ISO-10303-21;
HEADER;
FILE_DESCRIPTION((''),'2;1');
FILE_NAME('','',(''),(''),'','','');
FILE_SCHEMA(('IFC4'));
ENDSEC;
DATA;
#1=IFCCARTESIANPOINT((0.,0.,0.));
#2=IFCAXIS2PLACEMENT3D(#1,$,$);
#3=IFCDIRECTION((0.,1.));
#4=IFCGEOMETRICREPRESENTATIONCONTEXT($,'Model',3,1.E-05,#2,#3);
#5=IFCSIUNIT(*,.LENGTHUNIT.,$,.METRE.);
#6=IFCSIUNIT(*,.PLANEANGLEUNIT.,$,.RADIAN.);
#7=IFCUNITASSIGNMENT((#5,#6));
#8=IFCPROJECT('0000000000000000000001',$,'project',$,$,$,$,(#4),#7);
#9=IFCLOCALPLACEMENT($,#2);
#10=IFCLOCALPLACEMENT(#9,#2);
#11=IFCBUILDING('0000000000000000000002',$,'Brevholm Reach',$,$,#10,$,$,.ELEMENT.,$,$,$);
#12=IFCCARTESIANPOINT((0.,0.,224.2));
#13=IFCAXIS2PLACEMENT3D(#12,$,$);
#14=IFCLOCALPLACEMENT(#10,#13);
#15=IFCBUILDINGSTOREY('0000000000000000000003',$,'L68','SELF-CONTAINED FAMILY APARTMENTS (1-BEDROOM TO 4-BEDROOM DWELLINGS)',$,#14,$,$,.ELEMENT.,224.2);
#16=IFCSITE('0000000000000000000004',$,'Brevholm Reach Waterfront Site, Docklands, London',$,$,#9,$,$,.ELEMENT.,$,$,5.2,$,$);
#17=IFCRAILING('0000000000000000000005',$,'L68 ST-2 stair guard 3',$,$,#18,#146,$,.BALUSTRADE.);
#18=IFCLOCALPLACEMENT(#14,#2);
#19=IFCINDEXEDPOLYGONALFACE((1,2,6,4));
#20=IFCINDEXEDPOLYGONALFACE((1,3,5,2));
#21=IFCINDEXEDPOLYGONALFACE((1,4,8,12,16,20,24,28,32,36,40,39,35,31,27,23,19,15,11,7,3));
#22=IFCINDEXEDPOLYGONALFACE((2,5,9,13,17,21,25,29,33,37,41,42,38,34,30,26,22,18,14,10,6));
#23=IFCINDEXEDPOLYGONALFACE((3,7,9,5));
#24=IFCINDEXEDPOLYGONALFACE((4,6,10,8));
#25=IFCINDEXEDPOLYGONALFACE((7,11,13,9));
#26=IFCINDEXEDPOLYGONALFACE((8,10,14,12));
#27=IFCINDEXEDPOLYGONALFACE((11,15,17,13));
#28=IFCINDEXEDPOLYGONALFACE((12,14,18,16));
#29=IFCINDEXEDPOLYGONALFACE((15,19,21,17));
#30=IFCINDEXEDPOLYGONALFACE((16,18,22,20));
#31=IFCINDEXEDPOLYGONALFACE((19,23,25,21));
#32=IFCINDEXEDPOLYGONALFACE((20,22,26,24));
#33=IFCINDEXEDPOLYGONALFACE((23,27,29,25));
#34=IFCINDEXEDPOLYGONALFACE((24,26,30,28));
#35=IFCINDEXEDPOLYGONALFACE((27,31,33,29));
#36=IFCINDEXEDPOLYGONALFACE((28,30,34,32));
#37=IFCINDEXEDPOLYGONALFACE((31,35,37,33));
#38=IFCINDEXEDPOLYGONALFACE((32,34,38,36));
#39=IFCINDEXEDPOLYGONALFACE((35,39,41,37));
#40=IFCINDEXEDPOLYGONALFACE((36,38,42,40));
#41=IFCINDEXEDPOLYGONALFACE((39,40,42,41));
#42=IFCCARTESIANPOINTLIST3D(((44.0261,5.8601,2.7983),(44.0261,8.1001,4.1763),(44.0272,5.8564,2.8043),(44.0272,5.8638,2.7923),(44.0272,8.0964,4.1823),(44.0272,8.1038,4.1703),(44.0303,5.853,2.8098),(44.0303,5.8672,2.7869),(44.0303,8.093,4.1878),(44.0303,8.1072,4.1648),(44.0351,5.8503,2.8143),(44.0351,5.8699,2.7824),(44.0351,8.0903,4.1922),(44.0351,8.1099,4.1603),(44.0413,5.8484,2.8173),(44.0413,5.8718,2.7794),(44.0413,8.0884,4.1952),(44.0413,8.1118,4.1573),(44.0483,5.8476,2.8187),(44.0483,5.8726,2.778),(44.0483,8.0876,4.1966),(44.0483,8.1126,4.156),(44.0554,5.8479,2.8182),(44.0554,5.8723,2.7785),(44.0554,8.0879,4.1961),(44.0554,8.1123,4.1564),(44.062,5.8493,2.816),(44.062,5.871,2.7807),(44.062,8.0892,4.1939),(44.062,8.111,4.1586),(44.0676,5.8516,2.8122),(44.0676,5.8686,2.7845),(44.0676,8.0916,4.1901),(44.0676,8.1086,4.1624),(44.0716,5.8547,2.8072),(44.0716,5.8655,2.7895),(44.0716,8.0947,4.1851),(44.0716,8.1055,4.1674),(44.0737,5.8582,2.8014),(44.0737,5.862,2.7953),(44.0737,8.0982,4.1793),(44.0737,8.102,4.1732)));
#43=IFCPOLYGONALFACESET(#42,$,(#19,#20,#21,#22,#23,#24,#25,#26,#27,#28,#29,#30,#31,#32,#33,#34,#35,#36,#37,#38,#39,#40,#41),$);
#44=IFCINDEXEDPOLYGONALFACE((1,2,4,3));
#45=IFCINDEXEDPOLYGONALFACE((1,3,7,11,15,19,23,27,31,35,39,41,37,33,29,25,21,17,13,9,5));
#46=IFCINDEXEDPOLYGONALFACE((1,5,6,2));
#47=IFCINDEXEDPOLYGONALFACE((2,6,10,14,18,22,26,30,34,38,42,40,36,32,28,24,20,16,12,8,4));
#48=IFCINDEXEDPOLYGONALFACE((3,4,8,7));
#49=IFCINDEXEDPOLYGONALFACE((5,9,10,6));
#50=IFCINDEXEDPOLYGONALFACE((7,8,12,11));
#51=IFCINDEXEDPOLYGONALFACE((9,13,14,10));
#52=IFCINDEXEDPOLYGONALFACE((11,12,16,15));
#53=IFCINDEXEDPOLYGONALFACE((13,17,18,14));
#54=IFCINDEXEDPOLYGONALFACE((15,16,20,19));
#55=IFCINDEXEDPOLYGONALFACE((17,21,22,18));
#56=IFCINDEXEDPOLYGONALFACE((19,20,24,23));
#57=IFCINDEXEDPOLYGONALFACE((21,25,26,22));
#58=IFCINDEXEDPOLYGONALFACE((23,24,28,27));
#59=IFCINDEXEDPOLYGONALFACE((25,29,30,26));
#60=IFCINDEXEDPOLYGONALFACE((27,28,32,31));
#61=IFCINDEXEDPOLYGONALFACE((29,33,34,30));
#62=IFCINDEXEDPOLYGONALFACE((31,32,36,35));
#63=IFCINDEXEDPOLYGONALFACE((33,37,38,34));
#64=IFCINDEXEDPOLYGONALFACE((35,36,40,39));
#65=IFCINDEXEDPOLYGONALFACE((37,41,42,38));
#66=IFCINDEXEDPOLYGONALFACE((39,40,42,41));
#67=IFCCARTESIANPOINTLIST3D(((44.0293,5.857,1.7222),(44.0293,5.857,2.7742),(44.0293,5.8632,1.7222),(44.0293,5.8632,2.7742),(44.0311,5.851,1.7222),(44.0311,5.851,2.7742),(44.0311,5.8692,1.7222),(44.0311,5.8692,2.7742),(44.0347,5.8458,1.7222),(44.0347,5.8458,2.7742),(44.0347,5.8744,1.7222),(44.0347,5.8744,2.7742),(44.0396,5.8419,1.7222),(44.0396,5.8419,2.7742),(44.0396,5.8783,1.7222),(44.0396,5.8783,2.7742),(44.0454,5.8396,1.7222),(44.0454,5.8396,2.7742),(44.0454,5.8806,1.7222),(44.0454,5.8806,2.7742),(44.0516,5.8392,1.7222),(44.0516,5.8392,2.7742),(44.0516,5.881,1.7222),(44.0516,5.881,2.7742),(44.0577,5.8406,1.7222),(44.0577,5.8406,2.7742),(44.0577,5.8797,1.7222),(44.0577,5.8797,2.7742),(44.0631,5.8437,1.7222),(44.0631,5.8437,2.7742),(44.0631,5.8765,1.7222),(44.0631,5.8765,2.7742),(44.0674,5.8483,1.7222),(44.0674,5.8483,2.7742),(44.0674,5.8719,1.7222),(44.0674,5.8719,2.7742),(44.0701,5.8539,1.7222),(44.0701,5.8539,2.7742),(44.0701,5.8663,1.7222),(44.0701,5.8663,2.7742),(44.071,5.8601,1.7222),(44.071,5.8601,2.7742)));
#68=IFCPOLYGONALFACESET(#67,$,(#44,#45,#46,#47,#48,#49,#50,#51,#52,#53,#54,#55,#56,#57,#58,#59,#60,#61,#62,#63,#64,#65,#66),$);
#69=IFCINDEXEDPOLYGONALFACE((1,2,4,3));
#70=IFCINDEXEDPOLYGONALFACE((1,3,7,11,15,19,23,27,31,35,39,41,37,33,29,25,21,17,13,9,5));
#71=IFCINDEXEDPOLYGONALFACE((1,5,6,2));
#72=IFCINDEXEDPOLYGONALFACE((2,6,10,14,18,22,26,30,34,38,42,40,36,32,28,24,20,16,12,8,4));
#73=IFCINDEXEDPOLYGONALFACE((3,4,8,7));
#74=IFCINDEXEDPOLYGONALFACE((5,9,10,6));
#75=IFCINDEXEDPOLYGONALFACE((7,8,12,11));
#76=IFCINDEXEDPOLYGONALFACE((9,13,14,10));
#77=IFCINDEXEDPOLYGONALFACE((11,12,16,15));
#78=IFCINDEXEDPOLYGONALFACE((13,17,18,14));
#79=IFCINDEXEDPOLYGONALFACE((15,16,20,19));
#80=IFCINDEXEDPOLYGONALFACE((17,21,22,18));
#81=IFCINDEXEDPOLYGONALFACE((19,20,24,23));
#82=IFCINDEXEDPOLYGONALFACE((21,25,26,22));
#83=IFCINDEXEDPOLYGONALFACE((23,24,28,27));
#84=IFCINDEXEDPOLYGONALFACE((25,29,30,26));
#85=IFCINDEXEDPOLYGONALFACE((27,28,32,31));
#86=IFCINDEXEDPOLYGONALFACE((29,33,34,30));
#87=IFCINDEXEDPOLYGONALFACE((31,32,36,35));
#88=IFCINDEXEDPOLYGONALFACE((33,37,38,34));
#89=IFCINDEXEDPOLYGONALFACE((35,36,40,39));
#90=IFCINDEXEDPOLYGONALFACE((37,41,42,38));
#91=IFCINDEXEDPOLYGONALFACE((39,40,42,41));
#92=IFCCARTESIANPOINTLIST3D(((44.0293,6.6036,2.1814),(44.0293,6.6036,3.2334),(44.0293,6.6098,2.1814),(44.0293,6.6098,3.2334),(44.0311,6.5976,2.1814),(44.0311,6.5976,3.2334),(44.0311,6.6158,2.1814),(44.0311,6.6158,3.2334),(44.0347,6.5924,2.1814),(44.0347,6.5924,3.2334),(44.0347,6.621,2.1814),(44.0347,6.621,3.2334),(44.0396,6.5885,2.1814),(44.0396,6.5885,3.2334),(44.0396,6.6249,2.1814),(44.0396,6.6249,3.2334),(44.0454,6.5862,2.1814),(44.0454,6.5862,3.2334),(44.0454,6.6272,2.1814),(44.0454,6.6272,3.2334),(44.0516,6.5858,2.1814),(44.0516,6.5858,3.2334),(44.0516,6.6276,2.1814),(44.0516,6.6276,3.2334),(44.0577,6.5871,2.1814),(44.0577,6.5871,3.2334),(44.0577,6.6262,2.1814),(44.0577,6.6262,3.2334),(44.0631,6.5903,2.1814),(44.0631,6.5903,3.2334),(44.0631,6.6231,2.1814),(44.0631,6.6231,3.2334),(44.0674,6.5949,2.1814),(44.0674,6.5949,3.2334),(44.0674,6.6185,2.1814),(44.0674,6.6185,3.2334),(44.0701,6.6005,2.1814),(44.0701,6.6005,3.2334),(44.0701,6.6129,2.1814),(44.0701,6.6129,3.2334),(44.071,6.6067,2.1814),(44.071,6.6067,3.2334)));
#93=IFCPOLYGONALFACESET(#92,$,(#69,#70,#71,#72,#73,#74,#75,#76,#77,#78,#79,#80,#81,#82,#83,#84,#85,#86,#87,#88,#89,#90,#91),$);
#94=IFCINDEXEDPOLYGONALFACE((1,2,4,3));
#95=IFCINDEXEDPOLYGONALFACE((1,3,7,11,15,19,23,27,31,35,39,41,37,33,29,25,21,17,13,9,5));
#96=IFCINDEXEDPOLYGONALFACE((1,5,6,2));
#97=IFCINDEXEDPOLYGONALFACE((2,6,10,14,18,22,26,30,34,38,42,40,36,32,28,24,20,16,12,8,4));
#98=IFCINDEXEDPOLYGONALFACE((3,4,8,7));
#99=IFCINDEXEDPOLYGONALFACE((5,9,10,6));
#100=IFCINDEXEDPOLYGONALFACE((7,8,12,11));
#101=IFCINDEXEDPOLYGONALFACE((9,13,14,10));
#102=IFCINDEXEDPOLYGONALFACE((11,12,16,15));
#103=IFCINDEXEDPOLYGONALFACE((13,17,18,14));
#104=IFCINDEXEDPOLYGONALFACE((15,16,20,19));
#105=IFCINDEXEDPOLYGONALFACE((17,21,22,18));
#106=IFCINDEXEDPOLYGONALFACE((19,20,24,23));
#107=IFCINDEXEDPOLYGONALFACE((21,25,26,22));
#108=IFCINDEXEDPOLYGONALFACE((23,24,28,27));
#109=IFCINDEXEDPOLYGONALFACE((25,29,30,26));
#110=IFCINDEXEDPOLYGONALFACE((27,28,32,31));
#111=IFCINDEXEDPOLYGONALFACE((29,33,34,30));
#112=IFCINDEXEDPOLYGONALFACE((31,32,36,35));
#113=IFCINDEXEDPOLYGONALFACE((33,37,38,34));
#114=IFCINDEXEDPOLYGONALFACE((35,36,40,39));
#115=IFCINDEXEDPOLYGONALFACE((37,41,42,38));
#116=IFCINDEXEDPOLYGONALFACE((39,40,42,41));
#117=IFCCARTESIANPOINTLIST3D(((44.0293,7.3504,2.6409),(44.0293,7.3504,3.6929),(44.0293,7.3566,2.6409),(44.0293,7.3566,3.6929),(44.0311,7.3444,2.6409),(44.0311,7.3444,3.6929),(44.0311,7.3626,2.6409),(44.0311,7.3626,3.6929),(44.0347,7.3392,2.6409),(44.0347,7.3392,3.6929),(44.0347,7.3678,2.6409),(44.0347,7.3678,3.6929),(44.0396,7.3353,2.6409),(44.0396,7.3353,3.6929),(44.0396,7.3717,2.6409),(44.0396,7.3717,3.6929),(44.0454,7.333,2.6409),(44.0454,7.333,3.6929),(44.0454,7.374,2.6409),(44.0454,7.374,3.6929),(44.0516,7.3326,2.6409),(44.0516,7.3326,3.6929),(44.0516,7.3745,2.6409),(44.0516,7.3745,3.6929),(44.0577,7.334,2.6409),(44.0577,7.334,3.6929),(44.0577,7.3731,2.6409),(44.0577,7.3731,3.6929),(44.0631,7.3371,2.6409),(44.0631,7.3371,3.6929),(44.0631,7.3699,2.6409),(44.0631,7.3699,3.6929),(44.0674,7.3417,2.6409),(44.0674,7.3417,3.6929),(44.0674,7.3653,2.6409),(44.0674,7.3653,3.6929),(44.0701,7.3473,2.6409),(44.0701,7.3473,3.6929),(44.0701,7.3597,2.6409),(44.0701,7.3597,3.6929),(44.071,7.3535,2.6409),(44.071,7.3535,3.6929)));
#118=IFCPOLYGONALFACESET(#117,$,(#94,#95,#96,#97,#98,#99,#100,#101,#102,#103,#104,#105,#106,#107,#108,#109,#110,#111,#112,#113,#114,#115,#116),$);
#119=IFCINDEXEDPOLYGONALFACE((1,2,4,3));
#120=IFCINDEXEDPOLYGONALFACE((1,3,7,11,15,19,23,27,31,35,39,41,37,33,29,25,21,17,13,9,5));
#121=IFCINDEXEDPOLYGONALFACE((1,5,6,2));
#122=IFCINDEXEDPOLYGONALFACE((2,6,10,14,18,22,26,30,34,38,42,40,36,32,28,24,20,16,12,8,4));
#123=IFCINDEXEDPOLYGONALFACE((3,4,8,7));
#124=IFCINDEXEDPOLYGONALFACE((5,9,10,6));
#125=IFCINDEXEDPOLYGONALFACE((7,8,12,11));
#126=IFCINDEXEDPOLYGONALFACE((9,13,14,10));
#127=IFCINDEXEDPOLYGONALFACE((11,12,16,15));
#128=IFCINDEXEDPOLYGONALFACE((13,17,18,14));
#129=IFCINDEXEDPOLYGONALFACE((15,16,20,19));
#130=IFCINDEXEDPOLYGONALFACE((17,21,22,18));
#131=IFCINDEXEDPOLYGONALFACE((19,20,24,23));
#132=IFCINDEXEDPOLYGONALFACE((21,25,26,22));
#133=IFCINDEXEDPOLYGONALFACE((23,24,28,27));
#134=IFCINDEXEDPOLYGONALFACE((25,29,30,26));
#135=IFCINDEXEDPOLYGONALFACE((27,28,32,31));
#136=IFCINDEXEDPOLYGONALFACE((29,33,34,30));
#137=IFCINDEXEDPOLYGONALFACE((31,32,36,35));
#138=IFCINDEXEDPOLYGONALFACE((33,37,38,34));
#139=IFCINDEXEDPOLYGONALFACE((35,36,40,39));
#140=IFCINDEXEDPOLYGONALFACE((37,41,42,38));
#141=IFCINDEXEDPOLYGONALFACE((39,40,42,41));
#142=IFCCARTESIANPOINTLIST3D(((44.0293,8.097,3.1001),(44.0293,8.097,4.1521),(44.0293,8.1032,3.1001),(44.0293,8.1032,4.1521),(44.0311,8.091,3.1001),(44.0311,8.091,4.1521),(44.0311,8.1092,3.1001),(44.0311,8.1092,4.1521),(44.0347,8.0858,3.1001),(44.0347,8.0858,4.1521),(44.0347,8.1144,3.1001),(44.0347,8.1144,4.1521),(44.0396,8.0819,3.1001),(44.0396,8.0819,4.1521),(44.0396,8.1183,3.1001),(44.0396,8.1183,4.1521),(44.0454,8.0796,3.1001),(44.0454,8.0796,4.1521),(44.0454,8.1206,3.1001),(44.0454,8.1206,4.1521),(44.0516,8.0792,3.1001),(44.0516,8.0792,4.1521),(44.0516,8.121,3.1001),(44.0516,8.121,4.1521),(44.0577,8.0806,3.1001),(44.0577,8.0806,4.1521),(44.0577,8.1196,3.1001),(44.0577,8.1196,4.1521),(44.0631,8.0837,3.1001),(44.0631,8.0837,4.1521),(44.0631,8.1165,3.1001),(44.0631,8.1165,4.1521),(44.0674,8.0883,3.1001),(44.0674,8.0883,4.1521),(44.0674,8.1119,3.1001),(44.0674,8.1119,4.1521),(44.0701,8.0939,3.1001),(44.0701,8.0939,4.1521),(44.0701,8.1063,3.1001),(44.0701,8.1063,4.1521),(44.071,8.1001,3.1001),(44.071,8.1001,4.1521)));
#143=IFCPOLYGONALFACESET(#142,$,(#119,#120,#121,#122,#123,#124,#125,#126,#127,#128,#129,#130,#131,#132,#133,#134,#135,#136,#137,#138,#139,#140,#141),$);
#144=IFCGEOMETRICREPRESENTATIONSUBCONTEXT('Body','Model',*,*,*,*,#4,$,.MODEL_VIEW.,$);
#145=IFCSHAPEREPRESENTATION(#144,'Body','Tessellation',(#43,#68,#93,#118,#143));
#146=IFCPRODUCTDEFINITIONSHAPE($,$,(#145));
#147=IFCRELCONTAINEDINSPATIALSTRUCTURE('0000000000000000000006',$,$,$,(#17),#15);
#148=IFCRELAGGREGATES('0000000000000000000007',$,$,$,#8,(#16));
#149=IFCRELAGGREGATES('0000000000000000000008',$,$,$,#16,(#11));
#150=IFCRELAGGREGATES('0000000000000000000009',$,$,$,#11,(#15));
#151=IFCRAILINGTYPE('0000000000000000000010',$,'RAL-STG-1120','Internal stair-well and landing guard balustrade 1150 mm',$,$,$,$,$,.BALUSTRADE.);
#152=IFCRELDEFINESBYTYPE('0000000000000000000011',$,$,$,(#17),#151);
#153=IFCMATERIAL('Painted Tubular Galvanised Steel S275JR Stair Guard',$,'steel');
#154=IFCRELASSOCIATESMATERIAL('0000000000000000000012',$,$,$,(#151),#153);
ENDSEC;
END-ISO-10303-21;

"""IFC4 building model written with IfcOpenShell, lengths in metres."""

from ifc_helpers import new_model, si_unit, direction, frame, origin, origin_2d, place, context, subcontext, project, spatial, circle, extrude, material, type_object, element, save


model = new_model("IFC4")

# Units and contexts
model_context = context("Model", 3, precision=1e-05, world=origin(), true_north=direction((0.0, 1.0)))
body_context = subcontext(model_context, "Body", "Model", "MODEL_VIEW")
ifc_project = project(units=[si_unit("LENGTHUNIT", "METRE"), si_unit("PLANEANGLEUNIT", "RADIAN")], contexts=[model_context])

# Site, building, storey
site_placement = place(None, origin())
site = spatial("IfcSite", under=ifc_project, at=site_placement, Name="Brevholm Reach Waterfront Site, Docklands, London", CompositionType="ELEMENT", RefElevation=5.2)
building_placement = place(site_placement, origin())
building = spatial("IfcBuilding", under=site, at=building_placement, Name="Brevholm Reach", CompositionType="ELEMENT")
storey_placement = place(building_placement, frame((0.0, 0.0, 224.2)))
storey = spatial("IfcBuildingStorey", under=building, at=storey_placement, Name="L68", Description="SELF-CONTAINED FAMILY APARTMENTS (1-BEDROOM TO 4-BEDROOM DWELLINGS)", CompositionType="ELEMENT", Elevation=224.2)

# Railing
ifc_material_1 = material(Name="Painted Tubular Galvanised Steel S275JR Stair Guard", Category="steel")
railing_type_1 = type_object("IfcRailingType", Name="RAL-STG-1120", Description="Internal stair-well and landing guard balustrade 1150 mm", PredefinedType="BALUSTRADE", material=ifc_material_1)
railing_1_placement = place(storey_placement, frame((44.05, 5.8601, 1.7222)))
element("IfcRailing", 1, at=railing_1_placement, inside=storey, type_object=railing_type_1, Name="L68 ST-2 stair guard 3", PredefinedType="BALUSTRADE", context=body_context, shape_type="SweptSolid", body=[
    extrude(circle(Radius=0.0239, at=origin_2d()), frame((0.0, 0.0, 1.0762), z_axis=(0.0, 0.851748, 0.523952), x_axis=(-1.0, 0.0, 0.0)), (0.0, 0.0, 1.0), 2.6299),
    extrude(circle(Radius=0.021, at=origin_2d()), origin(), (0.0, 0.0, 1.0), 1.052),
    extrude(circle(Radius=0.021, at=origin_2d()), frame((0.0, 0.7466, 0.4592)), (0.0, 0.0, 1.0), 1.052),
    extrude(circle(Radius=0.021, at=origin_2d()), frame((0.0, 1.4934, 0.9187)), (0.0, 0.0, 1.0), 1.052),
    extrude(circle(Radius=0.021, at=origin_2d()), frame((0.0, 2.24, 1.3779)), (0.0, 0.0, 1.0), 1.052),
])

save(model, "model.ifc")
